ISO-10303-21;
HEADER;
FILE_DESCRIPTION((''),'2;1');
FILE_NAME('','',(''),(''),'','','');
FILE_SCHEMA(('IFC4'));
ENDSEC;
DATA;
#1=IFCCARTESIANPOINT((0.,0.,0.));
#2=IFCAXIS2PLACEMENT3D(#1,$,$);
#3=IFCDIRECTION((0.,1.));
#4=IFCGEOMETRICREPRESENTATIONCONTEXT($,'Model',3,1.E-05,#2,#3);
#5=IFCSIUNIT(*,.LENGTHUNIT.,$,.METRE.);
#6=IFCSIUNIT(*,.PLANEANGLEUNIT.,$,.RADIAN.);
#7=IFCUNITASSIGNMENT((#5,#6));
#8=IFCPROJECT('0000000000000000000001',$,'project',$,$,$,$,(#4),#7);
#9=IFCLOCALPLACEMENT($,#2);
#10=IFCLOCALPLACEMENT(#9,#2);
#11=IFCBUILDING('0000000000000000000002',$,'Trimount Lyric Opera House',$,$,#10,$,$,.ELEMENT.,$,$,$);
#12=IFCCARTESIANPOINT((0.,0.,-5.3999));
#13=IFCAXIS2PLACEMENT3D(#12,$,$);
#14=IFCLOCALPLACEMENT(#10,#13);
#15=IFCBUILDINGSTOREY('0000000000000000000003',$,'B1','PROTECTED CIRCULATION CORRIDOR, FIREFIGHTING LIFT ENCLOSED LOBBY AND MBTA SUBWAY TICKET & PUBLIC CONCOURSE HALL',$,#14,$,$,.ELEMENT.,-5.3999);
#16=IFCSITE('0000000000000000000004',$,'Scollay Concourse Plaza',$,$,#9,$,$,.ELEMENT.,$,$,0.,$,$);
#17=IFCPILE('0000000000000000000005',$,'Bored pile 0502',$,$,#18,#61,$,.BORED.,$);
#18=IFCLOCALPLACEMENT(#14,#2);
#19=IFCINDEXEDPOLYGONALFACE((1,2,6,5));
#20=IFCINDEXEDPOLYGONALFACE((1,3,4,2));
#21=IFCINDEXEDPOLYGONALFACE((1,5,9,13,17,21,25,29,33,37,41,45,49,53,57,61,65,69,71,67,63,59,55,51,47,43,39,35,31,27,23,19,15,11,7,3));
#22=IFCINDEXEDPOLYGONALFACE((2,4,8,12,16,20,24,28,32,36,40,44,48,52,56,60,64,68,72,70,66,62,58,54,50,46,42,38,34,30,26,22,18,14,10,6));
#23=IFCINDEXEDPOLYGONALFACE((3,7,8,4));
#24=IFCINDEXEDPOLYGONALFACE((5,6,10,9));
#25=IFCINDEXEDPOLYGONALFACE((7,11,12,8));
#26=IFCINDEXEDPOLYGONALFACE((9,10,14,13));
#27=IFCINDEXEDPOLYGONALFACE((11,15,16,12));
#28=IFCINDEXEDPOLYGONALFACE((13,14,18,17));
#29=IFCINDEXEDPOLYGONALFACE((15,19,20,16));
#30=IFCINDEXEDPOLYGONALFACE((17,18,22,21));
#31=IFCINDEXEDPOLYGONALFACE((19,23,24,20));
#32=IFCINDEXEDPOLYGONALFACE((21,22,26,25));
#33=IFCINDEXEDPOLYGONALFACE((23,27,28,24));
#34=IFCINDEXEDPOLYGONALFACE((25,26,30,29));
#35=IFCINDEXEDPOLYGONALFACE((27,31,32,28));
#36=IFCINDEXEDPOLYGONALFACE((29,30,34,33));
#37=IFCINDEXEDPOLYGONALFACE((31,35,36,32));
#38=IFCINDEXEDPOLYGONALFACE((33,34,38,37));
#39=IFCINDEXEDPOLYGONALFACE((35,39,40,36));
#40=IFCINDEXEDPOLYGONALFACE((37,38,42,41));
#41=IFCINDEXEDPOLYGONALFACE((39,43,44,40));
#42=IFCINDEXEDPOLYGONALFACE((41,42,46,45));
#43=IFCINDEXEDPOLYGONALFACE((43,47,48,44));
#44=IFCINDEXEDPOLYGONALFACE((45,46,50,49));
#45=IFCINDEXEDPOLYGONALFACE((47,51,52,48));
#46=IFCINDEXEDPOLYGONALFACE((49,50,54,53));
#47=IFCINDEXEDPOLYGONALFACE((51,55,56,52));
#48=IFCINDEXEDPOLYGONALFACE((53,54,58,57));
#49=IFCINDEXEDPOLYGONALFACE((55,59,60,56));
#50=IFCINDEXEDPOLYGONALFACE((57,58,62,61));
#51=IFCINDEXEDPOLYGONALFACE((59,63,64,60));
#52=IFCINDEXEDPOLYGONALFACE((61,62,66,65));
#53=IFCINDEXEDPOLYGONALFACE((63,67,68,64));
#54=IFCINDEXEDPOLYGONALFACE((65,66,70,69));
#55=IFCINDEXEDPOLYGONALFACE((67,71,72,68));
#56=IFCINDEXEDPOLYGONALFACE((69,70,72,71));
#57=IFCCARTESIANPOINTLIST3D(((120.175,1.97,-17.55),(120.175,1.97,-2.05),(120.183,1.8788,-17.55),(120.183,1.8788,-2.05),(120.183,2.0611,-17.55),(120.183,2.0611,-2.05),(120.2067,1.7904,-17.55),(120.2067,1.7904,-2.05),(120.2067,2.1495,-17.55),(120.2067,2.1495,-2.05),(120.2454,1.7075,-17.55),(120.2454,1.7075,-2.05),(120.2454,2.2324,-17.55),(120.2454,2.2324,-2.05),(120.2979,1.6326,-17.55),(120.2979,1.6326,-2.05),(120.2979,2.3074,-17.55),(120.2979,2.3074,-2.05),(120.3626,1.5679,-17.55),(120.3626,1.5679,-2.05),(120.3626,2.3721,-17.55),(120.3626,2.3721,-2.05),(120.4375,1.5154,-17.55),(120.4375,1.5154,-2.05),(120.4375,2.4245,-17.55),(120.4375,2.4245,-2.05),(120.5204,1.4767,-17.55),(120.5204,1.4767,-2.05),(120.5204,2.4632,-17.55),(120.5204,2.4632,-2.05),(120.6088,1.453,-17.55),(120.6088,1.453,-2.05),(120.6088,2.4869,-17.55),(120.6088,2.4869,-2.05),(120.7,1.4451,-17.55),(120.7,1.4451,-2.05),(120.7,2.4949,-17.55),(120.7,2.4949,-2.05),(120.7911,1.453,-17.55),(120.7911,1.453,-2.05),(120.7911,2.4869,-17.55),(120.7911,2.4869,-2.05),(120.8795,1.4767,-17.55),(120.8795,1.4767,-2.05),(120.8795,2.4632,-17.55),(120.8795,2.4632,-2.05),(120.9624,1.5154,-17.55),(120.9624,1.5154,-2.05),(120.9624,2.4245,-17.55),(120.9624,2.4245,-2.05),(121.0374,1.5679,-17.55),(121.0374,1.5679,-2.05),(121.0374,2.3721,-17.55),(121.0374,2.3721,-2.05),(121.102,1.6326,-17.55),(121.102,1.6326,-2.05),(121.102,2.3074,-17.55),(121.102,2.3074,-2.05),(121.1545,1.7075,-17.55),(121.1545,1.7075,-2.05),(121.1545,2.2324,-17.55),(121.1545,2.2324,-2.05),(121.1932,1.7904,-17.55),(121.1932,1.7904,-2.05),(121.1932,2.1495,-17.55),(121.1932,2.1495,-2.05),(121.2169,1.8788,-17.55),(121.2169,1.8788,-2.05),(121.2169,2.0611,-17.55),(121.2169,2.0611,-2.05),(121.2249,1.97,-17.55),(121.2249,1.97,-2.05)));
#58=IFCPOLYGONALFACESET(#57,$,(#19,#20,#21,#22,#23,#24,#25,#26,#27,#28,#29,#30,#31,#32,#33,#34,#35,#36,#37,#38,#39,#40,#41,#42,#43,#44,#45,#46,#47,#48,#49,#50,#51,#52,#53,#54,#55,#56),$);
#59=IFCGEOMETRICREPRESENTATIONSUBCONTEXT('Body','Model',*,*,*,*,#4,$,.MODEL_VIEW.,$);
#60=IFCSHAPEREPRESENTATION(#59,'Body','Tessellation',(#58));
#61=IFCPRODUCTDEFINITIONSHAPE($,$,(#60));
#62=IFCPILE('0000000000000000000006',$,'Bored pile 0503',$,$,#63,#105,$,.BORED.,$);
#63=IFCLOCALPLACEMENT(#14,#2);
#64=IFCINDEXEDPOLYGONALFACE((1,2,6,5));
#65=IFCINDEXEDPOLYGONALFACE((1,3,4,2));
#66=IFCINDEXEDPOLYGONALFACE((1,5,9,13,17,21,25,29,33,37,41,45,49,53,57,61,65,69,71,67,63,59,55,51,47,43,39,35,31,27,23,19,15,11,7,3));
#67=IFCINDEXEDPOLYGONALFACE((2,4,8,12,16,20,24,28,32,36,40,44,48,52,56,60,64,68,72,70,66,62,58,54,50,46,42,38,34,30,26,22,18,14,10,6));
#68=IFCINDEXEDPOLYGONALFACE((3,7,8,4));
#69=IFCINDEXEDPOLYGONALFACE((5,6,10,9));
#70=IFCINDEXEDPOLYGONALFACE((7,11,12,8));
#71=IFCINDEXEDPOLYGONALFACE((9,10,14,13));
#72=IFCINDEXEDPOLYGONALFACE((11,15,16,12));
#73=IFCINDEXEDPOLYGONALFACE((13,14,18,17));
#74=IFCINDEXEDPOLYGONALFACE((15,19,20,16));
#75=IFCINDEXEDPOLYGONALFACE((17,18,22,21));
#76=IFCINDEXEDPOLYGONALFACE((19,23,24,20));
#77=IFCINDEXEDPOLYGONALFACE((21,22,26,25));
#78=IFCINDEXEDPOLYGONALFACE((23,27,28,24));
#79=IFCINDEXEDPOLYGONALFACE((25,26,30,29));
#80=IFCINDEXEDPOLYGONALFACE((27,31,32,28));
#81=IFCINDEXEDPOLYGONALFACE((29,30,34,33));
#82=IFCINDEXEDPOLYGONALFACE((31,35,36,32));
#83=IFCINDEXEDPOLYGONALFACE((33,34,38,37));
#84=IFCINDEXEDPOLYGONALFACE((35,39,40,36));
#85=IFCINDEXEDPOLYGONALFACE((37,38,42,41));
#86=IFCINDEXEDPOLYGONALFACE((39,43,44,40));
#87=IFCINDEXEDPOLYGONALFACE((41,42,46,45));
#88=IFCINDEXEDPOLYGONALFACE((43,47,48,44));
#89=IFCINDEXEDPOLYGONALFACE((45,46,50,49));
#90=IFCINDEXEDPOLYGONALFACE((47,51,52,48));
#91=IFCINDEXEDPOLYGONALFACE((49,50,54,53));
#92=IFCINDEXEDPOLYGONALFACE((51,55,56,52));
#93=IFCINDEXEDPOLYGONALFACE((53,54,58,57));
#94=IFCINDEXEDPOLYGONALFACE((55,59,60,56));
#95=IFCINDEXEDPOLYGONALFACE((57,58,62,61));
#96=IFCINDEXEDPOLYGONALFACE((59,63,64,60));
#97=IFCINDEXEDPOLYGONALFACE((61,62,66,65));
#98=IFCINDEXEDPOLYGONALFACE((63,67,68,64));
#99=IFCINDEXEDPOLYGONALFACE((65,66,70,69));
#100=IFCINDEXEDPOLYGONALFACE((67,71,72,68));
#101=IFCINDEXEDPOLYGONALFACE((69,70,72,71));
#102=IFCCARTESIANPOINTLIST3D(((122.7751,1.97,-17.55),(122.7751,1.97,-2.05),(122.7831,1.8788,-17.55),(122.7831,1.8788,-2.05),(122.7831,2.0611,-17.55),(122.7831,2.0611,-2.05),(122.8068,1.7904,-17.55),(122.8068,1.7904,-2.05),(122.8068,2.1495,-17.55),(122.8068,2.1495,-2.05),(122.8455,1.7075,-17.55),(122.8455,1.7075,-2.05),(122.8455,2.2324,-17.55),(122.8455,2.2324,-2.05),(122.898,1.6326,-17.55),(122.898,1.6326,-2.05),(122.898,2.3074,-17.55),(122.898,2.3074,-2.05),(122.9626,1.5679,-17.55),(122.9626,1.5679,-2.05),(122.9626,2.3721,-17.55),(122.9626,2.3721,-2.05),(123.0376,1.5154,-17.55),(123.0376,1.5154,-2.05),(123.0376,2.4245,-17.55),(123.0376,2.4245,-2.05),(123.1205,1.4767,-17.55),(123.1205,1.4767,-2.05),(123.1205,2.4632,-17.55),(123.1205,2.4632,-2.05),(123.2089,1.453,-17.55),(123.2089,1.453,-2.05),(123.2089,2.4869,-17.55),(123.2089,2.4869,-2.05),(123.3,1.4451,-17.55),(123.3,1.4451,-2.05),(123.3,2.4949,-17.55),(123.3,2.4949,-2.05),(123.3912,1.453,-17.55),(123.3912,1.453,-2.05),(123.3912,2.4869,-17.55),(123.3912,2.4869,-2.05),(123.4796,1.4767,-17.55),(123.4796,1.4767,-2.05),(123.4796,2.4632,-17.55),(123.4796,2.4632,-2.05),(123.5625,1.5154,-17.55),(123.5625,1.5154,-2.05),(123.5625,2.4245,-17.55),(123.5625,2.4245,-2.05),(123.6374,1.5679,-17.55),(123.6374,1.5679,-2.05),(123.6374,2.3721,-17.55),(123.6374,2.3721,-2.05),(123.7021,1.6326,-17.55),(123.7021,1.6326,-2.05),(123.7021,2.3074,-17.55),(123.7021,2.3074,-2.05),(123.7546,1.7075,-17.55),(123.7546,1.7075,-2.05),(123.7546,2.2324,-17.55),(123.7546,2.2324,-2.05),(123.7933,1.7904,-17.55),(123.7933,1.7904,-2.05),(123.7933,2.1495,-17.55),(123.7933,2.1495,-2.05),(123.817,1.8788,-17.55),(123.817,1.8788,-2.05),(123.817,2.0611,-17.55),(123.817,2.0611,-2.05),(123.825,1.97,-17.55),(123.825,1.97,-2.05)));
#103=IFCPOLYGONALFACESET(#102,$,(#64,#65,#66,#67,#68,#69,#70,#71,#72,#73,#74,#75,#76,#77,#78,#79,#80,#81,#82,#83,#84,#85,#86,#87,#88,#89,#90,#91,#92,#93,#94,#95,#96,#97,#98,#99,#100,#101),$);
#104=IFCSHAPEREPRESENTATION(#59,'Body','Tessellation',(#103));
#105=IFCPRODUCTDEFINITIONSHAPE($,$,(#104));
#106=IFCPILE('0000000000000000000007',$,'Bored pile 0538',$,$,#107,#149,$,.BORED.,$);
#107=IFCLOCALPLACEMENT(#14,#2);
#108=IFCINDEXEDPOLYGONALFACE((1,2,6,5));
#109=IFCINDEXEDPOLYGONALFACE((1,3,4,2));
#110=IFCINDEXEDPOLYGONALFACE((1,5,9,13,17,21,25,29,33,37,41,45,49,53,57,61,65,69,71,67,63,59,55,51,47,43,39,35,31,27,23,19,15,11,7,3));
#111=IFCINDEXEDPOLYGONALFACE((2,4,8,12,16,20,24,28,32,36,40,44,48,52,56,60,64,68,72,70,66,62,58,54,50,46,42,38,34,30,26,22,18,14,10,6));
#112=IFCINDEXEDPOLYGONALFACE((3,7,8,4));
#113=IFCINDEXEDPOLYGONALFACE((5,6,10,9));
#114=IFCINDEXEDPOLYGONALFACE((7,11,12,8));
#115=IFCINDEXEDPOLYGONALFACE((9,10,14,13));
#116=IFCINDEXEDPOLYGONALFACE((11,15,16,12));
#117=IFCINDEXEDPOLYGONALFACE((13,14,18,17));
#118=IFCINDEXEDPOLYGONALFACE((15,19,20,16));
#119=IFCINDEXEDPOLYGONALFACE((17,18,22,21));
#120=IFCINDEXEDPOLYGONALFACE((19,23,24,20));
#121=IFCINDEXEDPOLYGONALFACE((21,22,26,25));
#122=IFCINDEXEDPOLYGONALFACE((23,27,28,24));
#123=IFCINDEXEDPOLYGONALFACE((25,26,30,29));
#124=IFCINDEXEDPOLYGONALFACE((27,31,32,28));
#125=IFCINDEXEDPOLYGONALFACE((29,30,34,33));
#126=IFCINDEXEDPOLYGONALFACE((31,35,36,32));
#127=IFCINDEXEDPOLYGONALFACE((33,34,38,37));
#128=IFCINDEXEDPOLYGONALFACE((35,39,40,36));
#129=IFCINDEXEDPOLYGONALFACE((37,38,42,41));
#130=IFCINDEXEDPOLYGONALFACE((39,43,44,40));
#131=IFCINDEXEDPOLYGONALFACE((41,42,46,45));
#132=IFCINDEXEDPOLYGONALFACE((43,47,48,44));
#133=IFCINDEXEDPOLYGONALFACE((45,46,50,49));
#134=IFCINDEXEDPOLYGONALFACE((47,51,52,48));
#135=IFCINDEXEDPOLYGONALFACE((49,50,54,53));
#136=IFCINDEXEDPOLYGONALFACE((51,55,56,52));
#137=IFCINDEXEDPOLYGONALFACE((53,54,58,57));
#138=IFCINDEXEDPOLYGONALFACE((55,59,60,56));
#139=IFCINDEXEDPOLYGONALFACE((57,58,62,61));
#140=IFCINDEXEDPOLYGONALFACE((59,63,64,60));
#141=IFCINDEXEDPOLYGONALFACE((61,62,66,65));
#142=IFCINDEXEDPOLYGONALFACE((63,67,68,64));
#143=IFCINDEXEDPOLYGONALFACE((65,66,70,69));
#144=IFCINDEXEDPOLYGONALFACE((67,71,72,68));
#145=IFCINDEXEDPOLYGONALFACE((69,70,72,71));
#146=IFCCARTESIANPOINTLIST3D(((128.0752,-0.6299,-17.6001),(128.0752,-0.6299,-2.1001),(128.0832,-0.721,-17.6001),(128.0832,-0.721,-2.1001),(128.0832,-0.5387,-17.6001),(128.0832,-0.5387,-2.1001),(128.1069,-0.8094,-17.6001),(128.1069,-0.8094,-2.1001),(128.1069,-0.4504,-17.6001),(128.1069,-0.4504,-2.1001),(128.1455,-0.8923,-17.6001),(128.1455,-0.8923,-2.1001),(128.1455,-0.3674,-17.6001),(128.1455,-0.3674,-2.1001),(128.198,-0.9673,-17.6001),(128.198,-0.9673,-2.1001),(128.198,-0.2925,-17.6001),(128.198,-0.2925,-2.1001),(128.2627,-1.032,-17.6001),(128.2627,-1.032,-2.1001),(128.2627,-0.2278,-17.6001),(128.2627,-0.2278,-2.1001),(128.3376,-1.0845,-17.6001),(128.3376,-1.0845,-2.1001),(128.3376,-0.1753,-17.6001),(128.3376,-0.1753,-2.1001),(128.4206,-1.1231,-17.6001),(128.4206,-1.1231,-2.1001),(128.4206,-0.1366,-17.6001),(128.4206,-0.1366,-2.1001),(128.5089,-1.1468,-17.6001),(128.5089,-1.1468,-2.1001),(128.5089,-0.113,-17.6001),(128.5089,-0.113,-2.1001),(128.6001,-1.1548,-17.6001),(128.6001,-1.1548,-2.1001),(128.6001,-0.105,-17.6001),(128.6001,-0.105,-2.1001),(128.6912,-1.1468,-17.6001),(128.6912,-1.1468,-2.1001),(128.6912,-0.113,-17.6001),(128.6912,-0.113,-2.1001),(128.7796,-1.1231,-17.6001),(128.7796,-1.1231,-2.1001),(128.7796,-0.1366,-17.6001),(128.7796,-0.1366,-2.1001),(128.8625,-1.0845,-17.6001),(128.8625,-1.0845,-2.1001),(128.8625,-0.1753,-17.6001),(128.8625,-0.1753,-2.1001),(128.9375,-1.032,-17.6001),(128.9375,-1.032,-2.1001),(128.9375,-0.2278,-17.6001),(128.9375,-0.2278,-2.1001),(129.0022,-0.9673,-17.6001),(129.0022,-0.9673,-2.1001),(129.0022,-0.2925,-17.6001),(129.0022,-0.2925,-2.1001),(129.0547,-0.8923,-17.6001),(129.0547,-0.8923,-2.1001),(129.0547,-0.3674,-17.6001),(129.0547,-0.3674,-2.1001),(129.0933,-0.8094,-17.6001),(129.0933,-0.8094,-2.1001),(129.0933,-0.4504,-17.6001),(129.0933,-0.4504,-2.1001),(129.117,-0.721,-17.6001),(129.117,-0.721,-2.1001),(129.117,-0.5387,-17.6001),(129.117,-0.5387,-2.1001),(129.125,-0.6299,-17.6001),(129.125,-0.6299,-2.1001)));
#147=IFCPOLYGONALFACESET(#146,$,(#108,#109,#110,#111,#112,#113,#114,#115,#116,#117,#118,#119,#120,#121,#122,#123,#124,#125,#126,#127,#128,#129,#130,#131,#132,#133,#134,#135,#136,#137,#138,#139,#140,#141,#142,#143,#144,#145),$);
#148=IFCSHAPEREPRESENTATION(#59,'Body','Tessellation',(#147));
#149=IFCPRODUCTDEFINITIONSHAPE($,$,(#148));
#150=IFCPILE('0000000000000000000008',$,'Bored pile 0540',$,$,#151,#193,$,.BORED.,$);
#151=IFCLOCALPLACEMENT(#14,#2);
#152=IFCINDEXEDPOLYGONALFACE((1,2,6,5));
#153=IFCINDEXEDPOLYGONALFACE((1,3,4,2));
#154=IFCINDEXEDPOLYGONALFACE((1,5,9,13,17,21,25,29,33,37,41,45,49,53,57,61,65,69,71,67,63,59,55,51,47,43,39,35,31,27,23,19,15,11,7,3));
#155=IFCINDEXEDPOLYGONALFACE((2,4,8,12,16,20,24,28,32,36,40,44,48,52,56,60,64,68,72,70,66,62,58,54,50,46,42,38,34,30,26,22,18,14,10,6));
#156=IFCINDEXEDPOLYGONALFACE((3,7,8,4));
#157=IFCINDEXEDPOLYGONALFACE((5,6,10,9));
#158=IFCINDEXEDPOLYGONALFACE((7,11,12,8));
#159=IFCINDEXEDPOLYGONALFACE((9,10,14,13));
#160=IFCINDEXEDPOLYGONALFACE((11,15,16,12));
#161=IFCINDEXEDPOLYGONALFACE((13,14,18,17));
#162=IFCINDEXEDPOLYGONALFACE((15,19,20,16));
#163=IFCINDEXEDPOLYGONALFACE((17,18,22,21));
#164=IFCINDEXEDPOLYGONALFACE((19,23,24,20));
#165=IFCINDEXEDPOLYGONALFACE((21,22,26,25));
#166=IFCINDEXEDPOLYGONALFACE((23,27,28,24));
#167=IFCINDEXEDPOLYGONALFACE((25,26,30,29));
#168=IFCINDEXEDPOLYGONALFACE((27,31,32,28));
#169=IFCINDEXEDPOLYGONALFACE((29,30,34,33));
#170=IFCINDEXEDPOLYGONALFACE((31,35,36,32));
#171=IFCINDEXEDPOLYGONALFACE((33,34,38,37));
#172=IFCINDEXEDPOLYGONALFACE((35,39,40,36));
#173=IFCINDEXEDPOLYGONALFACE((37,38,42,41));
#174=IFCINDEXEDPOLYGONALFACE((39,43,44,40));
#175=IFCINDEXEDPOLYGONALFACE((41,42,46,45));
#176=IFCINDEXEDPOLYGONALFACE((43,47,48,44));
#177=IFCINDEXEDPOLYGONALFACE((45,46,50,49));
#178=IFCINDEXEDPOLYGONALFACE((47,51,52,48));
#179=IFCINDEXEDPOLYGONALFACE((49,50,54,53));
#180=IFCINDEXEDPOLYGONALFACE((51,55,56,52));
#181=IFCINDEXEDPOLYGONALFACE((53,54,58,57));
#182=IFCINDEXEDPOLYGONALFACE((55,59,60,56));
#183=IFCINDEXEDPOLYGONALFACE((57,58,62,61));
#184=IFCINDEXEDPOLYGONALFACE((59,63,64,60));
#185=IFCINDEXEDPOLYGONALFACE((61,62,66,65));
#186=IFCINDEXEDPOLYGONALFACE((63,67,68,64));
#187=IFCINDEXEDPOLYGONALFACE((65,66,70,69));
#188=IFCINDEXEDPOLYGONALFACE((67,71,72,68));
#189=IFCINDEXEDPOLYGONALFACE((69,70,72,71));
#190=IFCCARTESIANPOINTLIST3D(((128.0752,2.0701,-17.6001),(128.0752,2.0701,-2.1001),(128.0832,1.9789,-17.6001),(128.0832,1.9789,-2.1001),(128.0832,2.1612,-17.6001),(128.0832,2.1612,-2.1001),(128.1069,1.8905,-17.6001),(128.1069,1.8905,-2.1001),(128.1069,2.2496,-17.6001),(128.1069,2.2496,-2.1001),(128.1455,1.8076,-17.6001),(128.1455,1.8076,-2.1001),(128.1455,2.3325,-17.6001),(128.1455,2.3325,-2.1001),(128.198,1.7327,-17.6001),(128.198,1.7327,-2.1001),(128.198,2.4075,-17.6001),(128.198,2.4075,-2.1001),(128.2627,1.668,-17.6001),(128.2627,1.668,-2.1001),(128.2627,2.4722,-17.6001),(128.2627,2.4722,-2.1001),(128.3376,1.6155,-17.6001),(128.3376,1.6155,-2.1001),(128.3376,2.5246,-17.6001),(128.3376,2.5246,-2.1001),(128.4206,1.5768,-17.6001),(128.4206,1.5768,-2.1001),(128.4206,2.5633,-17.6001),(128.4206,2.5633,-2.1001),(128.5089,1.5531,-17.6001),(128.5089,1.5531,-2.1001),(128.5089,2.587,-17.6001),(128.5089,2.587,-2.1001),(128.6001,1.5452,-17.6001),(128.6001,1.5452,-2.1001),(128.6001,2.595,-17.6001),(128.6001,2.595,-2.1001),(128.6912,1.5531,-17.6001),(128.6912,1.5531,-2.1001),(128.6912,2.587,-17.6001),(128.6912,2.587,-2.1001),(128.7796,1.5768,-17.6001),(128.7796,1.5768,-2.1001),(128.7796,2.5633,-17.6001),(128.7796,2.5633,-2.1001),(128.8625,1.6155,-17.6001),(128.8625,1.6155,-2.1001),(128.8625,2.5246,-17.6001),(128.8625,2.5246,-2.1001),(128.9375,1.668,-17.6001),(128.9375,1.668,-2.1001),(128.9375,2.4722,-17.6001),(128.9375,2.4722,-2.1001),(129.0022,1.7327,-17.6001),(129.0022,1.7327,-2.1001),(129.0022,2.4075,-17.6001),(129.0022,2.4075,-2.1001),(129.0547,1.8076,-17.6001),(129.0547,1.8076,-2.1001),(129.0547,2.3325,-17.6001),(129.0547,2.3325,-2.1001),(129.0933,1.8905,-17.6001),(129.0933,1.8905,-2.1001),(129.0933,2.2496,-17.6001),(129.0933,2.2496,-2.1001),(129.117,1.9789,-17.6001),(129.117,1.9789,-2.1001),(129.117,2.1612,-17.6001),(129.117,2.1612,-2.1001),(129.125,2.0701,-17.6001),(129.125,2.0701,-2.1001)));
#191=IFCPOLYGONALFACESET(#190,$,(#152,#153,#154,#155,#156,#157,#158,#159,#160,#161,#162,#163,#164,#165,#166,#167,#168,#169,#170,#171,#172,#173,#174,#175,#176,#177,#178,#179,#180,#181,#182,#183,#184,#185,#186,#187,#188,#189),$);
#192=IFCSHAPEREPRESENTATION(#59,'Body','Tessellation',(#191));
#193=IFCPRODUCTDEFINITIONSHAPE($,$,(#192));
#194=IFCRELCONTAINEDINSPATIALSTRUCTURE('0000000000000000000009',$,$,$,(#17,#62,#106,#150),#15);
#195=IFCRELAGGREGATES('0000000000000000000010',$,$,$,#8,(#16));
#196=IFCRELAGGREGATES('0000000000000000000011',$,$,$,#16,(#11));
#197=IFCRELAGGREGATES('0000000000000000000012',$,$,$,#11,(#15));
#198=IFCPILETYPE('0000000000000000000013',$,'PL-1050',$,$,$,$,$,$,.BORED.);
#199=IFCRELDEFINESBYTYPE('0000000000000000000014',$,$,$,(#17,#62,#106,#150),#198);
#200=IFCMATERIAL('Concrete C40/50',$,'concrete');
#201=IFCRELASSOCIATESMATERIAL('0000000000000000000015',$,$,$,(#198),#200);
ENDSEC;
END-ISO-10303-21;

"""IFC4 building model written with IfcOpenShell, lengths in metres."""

from ifc_helpers import new_model, si_unit, direction, frame, origin, origin_2d, place, context, subcontext, project, spatial, circle, extrude, material, material_profile, profile_set, type_object, element, save


model = new_model("IFC4")

# Units and contexts
model_context = context("Model", 3, precision=1e-05, world=origin(), true_north=direction((0.0, 1.0)))
body_context = subcontext(model_context, "Body", "Model", "MODEL_VIEW")
ifc_project = project(units=[si_unit("LENGTHUNIT", "METRE"), si_unit("PLANEANGLEUNIT", "RADIAN")], contexts=[model_context])

# Site, building, storey
site_placement = place(None, origin())
site = spatial("IfcSite", under=ifc_project, at=site_placement, Name="Scollay Concourse Plaza", CompositionType="ELEMENT", RefElevation=0.0)
building_placement = place(site_placement, origin())
building = spatial("IfcBuilding", under=site, at=building_placement, Name="Trimount Lyric Opera House", CompositionType="ELEMENT")
storey_placement = place(building_placement, frame((0.0, 0.0, -5.3999)))
storey = spatial("IfcBuildingStorey", under=building, at=storey_placement, Name="B1", Description="PROTECTED CIRCULATION CORRIDOR, FIREFIGHTING LIFT ENCLOSED LOBBY AND MBTA SUBWAY TICKET & PUBLIC CONCOURSE HALL", CompositionType="ELEMENT", Elevation=-5.3999)

# Piles
ifc_material_1 = material(Name="Concrete C40/50", Category="concrete")
ifc_material_profile_1 = material_profile(ifc_material_1, circle(Radius=0.5249, at=origin_2d()), Name="PILE-D1050")
ifc_profile_set_1 = profile_set([ifc_material_profile_1], Name="Concrete C40/50")
pile_type_1 = type_object("IfcPileType", Name="PL-1050", PredefinedType="BORED", material=ifc_profile_set_1)
for number, where, z_axis, x_axis, name in (
    (1, (120.7, 1.97, -2.05), (0.0, 0.0, -1.0), (1.0, 0.0, 0.0), "Bored pile 0502"),
    (2, (123.3, 1.97, -2.05), (0.0, 0.0, -1.0), (1.0, 0.0, 0.0), "Bored pile 0503"),
    (3, (128.6001, -0.6299, -2.1001), (0.0, 0.0, -1.0), (1.0, 0.0, 0.0), "Bored pile 0538"),
    (4, (128.6001, 2.0701, -2.1001), (0.0, 0.0, -1.0), (1.0, 0.0, 0.0), "Bored pile 0540"),
):
    element("IfcPile", number, at=place(storey_placement, frame(where, z_axis=z_axis, x_axis=x_axis)), inside=storey, type_object=pile_type_1, Name=name, PredefinedType="BORED", context=body_context, shape_type="SweptSolid", body=[
        extrude(circle(Radius=0.5249, at=origin_2d()), origin(), (0.0, 0.0, 1.0), 15.5),
    ])

save(model, "model.ifc")
